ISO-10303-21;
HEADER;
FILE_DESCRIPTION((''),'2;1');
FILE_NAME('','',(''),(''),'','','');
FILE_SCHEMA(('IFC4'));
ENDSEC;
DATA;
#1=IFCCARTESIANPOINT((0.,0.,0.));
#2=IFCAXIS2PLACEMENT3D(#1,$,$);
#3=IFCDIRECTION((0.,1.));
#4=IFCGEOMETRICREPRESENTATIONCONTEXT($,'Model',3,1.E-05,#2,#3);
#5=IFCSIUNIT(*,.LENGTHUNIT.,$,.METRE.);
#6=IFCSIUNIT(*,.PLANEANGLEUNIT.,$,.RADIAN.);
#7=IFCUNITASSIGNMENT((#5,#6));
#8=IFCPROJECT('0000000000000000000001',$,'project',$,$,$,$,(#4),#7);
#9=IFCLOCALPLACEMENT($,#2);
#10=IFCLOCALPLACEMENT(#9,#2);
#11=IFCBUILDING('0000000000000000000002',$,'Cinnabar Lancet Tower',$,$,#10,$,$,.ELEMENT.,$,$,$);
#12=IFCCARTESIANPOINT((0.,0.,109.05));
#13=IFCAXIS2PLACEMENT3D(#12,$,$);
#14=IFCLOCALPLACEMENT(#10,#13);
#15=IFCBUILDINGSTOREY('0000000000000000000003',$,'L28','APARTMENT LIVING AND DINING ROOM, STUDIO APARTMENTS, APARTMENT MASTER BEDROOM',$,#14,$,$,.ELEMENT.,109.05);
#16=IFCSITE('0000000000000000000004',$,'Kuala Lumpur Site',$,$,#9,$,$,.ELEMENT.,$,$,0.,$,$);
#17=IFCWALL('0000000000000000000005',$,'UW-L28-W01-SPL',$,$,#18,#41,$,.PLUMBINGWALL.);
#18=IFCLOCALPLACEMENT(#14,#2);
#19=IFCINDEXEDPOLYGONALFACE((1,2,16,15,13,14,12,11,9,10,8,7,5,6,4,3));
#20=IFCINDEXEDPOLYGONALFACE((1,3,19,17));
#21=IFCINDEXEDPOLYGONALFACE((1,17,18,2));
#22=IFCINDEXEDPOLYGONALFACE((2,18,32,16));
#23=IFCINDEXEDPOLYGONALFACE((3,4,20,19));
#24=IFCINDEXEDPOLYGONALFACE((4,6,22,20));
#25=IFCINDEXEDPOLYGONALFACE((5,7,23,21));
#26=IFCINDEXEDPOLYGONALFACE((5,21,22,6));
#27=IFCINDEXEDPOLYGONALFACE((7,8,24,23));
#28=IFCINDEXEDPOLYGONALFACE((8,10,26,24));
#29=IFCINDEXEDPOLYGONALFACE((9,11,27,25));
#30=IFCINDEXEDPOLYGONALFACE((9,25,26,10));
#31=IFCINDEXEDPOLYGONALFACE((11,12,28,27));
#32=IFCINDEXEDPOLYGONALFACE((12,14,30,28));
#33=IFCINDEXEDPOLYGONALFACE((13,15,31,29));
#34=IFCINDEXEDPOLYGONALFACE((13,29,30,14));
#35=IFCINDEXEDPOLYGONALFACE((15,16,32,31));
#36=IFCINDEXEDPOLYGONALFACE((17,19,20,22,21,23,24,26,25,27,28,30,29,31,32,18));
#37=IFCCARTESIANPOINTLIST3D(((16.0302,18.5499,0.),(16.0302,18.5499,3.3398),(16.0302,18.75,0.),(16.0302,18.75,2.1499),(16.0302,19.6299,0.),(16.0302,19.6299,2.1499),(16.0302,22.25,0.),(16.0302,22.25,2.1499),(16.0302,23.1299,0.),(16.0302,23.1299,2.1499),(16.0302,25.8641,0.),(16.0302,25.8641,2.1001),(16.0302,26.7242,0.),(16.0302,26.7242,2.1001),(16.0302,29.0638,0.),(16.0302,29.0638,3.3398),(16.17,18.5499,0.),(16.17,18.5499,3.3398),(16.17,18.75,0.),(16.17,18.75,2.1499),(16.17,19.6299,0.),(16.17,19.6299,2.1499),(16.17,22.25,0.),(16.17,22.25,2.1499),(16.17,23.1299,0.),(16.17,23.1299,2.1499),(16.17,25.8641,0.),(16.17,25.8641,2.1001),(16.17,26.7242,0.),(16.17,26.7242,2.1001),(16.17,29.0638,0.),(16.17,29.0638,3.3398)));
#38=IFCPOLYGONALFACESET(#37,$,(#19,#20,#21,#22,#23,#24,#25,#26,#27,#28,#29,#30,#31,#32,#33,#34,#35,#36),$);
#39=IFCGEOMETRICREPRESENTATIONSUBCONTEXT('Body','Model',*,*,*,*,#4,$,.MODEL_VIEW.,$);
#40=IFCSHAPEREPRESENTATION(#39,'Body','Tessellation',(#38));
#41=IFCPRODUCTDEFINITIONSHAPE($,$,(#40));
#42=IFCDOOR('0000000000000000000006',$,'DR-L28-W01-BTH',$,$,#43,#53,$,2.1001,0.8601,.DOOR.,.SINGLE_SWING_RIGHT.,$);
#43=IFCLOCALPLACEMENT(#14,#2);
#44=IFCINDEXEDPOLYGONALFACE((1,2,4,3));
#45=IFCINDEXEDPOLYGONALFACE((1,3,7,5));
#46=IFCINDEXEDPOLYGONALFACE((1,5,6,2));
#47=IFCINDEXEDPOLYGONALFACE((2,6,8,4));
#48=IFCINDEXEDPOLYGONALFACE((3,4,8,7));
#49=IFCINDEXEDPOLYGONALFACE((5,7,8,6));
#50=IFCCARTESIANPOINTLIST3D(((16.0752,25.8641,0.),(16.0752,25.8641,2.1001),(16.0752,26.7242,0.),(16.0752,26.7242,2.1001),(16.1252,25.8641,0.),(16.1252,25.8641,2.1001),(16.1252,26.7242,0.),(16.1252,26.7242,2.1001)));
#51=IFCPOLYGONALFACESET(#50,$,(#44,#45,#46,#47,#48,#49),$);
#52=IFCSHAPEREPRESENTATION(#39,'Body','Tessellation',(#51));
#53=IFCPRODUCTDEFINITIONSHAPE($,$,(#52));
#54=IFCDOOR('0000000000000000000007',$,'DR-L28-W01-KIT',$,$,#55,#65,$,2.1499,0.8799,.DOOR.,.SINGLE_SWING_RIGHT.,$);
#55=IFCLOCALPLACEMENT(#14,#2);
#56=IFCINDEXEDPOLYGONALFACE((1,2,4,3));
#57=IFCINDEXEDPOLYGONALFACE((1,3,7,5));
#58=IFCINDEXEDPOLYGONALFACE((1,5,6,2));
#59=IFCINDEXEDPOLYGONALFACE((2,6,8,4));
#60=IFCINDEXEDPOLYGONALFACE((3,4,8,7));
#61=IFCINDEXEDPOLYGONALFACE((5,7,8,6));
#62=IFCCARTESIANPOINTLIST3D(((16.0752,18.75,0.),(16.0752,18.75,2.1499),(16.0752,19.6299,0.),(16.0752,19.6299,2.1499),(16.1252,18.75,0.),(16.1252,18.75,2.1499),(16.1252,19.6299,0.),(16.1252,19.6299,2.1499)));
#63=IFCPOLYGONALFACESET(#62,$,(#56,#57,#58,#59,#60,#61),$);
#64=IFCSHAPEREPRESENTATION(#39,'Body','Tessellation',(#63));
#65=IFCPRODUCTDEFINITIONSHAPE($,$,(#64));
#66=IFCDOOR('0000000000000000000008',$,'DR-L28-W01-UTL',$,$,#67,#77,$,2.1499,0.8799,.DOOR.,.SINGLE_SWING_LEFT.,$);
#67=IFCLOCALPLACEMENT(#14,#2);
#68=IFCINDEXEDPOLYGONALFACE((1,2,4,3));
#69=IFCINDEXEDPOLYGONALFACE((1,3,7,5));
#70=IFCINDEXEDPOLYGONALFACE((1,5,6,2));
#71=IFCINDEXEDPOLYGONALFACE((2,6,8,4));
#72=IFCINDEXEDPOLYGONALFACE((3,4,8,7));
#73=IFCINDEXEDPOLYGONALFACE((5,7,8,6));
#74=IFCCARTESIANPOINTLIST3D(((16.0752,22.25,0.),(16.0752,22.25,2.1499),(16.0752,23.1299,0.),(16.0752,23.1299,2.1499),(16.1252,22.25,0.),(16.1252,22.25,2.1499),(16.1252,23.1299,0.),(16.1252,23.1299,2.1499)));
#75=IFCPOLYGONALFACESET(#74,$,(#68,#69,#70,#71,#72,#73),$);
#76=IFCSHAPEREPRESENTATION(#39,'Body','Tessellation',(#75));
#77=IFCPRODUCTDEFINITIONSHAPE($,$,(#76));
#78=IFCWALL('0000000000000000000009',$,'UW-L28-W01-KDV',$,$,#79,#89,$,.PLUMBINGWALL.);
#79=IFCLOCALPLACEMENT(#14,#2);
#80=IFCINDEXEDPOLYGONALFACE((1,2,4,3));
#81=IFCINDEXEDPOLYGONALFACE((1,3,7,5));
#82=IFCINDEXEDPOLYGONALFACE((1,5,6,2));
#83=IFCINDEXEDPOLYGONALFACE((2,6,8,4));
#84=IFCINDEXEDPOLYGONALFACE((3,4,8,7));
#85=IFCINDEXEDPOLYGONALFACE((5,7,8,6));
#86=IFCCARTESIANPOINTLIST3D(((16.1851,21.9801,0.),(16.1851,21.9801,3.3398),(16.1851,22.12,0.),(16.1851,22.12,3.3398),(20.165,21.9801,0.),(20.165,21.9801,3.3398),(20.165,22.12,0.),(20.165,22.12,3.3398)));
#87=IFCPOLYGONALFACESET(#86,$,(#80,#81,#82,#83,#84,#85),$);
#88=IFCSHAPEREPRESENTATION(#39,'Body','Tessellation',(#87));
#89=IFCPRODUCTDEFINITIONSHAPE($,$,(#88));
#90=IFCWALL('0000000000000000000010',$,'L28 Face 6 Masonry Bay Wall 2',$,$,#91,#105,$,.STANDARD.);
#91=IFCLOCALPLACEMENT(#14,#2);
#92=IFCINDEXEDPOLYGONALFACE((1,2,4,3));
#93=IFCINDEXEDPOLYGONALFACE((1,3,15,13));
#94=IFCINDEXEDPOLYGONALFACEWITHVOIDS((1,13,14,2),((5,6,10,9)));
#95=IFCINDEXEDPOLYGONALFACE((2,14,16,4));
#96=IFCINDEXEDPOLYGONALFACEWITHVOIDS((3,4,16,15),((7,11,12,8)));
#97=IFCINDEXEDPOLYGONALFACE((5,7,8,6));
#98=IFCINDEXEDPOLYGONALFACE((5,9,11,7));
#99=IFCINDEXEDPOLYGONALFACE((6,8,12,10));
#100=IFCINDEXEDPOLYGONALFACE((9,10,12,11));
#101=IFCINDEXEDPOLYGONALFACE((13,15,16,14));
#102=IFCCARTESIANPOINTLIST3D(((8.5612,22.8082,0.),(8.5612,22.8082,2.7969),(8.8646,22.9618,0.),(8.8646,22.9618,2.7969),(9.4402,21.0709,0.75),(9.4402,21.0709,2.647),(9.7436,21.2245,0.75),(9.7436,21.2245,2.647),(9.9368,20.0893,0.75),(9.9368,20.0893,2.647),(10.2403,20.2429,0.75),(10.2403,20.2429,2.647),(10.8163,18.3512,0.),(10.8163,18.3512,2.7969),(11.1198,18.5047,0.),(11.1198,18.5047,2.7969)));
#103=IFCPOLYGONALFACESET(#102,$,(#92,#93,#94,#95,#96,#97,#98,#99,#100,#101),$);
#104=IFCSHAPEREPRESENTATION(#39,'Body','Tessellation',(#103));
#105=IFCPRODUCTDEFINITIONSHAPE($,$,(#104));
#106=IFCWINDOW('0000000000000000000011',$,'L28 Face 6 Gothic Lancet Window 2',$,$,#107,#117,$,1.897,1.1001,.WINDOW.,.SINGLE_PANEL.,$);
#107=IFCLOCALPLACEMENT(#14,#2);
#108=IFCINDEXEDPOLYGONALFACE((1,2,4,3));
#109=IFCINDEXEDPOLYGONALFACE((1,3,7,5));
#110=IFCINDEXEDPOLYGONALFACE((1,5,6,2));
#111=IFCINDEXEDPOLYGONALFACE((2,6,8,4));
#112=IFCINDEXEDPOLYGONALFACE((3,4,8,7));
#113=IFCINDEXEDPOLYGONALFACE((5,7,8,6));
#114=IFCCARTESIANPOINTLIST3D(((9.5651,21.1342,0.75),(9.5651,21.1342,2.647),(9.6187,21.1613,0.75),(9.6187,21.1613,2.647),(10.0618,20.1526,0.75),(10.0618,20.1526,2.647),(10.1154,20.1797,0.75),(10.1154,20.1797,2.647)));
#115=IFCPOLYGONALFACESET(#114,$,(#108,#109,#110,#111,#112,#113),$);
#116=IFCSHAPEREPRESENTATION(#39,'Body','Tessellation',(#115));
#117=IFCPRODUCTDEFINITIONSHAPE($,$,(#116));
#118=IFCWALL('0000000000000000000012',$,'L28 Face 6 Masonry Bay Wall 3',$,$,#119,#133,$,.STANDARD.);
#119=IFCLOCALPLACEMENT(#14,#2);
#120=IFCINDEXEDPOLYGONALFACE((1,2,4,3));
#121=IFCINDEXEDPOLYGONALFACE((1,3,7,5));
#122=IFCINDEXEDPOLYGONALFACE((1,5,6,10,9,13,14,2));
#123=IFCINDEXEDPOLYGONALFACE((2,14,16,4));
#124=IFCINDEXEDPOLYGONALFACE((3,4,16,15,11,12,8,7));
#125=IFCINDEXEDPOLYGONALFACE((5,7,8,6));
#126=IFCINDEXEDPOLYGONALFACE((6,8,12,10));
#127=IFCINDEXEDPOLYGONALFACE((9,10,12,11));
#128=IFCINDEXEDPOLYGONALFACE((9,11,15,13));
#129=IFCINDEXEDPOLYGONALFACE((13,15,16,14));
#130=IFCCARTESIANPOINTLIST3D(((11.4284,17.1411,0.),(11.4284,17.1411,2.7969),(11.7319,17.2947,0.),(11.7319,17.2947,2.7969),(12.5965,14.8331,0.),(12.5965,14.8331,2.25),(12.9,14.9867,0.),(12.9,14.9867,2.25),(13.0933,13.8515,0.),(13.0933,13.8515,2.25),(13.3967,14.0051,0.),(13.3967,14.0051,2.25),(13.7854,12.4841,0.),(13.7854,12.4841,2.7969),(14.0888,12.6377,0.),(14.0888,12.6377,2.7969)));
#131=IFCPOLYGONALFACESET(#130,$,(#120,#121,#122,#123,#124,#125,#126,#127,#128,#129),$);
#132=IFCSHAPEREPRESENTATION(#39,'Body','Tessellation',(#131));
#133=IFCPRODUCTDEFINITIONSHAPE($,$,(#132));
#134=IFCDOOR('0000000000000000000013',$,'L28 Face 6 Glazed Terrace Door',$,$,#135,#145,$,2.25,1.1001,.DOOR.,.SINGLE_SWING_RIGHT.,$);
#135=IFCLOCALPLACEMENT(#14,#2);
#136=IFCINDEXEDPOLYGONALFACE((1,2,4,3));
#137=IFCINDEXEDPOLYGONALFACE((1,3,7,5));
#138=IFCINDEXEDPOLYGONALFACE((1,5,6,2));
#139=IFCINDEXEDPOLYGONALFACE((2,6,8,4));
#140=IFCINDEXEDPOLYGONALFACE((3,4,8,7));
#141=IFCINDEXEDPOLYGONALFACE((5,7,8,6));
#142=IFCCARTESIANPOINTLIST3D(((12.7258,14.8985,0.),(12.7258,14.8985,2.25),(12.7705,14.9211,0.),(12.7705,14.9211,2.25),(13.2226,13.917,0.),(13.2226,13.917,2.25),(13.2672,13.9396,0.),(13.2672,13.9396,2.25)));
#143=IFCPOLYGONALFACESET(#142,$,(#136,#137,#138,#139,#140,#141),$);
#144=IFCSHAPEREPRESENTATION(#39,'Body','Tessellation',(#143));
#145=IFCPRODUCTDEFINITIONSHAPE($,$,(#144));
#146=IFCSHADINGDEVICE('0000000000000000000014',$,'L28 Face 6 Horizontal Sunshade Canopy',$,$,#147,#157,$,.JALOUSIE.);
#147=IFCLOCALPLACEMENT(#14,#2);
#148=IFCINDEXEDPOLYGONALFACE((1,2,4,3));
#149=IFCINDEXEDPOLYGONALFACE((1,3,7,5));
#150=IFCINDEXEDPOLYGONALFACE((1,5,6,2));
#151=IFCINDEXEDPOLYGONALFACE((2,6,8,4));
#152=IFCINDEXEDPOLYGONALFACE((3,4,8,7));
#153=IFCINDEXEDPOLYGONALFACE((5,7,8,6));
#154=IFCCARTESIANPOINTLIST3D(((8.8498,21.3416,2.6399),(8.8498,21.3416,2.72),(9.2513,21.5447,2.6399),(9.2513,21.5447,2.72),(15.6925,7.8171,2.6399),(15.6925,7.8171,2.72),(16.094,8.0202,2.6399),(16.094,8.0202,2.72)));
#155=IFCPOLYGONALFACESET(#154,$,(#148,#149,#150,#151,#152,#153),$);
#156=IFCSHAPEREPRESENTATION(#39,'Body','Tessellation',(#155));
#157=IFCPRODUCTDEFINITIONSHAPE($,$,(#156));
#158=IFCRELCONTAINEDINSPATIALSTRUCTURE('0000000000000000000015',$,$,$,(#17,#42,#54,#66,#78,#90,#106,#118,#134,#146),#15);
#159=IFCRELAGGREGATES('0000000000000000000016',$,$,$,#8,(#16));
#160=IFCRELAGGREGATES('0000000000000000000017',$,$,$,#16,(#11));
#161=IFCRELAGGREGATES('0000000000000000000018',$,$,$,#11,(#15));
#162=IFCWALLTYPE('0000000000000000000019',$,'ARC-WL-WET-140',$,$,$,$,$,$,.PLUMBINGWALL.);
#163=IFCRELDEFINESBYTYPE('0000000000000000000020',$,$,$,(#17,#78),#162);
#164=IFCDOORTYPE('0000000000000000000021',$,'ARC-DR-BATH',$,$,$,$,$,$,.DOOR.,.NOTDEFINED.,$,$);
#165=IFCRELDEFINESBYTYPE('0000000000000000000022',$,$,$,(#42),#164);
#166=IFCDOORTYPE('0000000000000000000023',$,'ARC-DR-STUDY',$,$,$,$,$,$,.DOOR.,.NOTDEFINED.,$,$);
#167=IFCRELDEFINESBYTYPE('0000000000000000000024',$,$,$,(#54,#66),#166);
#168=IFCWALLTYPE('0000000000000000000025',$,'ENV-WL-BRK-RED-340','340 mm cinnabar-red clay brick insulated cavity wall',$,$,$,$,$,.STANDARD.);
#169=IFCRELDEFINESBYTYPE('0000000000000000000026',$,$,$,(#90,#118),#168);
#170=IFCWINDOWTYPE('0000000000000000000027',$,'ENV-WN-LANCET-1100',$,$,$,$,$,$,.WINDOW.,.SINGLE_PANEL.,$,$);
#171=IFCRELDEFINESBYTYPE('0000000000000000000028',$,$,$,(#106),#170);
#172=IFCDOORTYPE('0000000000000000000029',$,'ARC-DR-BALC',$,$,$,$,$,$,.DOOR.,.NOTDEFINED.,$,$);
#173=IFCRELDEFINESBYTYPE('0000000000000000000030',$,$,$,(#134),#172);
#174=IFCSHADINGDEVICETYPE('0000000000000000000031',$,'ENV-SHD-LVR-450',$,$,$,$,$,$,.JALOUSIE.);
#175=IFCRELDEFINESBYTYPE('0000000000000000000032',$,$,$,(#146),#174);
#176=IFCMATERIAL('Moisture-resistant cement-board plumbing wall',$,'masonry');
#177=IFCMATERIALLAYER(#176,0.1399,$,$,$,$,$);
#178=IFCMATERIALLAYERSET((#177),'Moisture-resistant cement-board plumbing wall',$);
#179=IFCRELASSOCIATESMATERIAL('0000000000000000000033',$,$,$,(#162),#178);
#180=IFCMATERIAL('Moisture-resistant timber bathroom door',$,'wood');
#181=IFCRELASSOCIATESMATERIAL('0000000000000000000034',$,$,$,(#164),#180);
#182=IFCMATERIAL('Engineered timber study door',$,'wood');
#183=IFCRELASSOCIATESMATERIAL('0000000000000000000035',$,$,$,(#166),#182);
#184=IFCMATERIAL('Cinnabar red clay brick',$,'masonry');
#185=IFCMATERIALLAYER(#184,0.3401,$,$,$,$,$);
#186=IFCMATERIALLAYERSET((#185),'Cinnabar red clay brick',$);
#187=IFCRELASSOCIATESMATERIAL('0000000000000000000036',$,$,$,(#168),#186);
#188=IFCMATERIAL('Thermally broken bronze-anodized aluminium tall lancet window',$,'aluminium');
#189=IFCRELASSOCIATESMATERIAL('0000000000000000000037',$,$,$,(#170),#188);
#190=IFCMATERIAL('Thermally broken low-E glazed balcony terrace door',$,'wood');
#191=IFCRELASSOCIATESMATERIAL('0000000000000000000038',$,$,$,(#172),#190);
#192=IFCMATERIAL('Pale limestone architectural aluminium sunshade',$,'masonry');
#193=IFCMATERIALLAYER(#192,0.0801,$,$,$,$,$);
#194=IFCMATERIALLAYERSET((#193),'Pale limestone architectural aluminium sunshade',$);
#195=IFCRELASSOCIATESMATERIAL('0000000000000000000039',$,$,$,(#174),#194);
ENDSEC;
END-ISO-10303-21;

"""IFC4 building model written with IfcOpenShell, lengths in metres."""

from ifc_helpers import new_model, si_unit, direction, frame, frame_2d, origin, origin_2d, place, context, subcontext, project, spatial, rectangle, extrude, material, layer, layer_set, type_object, element, fill, save


model = new_model("IFC4")

# Units and contexts
model_context = context("Model", 3, precision=1e-05, world=origin(), true_north=direction((0.0, 1.0)))
body_context = subcontext(model_context, "Body", "Model", "MODEL_VIEW")
ifc_project = project(units=[si_unit("LENGTHUNIT", "METRE"), si_unit("PLANEANGLEUNIT", "RADIAN")], contexts=[model_context])

# Site, building, storey
site_placement = place(None, origin())
site = spatial("IfcSite", under=ifc_project, at=site_placement, Name="Kuala Lumpur Site", CompositionType="ELEMENT", RefElevation=0.0)
building_placement = place(site_placement, origin())
building = spatial("IfcBuilding", under=site, at=building_placement, Name="Cinnabar Lancet Tower", CompositionType="ELEMENT")
storey_placement = place(building_placement, frame((0.0, 0.0, 109.05)))
storey = spatial("IfcBuildingStorey", under=building, at=storey_placement, Name="L28", Description="APARTMENT LIVING AND DINING ROOM, STUDIO APARTMENTS, APARTMENT MASTER BEDROOM", CompositionType="ELEMENT", Elevation=109.05)

# Wall, openings, doors
ifc_material_1 = material(Name="Moisture-resistant cement-board plumbing wall", Category="masonry")
ifc_layer_1 = layer(ifc_material_1, 0.1399)
ifc_layer_set_1 = layer_set([ifc_layer_1], Name="Moisture-resistant cement-board plumbing wall")
wall_type_1 = type_object("IfcWallType", Name="ARC-WL-WET-140", PredefinedType="PLUMBINGWALL", material=ifc_layer_set_1)
wall_1_placement = place(storey_placement, frame((16.1001, 18.55, 0.0), z_axis=(0.0, 0.0, 1.0), x_axis=(0.0, 1.0, 0.0)))
wall_1 = element("IfcWall", 1, at=wall_1_placement, inside=storey, type_object=wall_type_1, Name="UW-L28-W01-SPL", PredefinedType="PLUMBINGWALL", context=body_context, shape_type="SweptSolid", body=[
    extrude(rectangle(XDim=10.5139, YDim=0.1399, at=frame_2d((5.2568, 0.0))), origin(), (0.0, 0.0, 1.0), 3.3398),
])
opening_1_placement = place(wall_1_placement, frame((0.2, 0.0, 0.0)))
opening_1 = element("IfcOpeningElement", 2, at=opening_1_placement, cuts=wall_1, PredefinedType="OPENING", context=body_context, shape_type="SweptSolid", body=[
    extrude(rectangle(XDim=0.8799, YDim=2.1499, at=frame_2d((0.4399, 1.075))), frame((0.0, 0.0798, 0.0), z_axis=(0.0, -1.0, 0.0), x_axis=(1.0, 0.0, 0.0)), (0.0, 0.0, 1.0), 0.1599),
])
opening_2_placement = place(wall_1_placement, frame((3.7, 0.0, 0.0)))
opening_2 = element("IfcOpeningElement", 3, at=opening_2_placement, cuts=wall_1, PredefinedType="OPENING", context=body_context, shape_type="SweptSolid", body=[
    extrude(rectangle(XDim=0.8799, YDim=2.1499, at=frame_2d((0.4399, 1.075))), frame((0.0, 0.0798, 0.0), z_axis=(0.0, -1.0, 0.0), x_axis=(1.0, 0.0, 0.0)), (0.0, 0.0, 1.0), 0.1599),
])
opening_3_placement = place(wall_1_placement, frame((7.314, 0.0, 0.0)))
opening_3 = element("IfcOpeningElement", 4, at=opening_3_placement, cuts=wall_1, PredefinedType="OPENING", context=body_context, shape_type="SweptSolid", body=[
    extrude(rectangle(XDim=0.8601, YDim=2.1001, at=frame_2d((0.4302, 1.05))), frame((0.0, 0.0798, 0.0), z_axis=(0.0, -1.0, 0.0), x_axis=(1.0, 0.0, 0.0)), (0.0, 0.0, 1.0), 0.1599),
])
ifc_material_2 = material(Name="Moisture-resistant timber bathroom door", Category="wood")
door_type_1 = type_object("IfcDoorType", Name="ARC-DR-BATH", OperationType="NOTDEFINED", PredefinedType="DOOR", material=ifc_material_2)
door_1_placement = place(opening_3_placement, origin())
door_1 = element("IfcDoor", 5, at=door_1_placement, inside=storey, type_object=door_type_1, Name="DR-L28-W01-BTH", OperationType="SINGLE_SWING_RIGHT", OverallHeight=2.1001, OverallWidth=0.8601, PredefinedType="DOOR", context=body_context, shape_type="SweptSolid", body=[
    extrude(rectangle(XDim=0.8601, YDim=2.1001, at=frame_2d((0.4302, 1.05))), frame((0.0, 0.0249, 0.0), z_axis=(0.0, -1.0, 0.0), x_axis=(1.0, 0.0, 0.0)), (0.0, 0.0, 1.0), 0.05),
])
fill(opening_3, door_1)
ifc_material_3 = material(Name="Engineered timber study door", Category="wood")
door_type_2 = type_object("IfcDoorType", Name="ARC-DR-STUDY", OperationType="NOTDEFINED", PredefinedType="DOOR", material=ifc_material_3)
door_2_placement = place(opening_1_placement, origin())
door_2 = element("IfcDoor", 6, at=door_2_placement, inside=storey, type_object=door_type_2, Name="DR-L28-W01-KIT", OperationType="SINGLE_SWING_RIGHT", OverallHeight=2.1499, OverallWidth=0.8799, PredefinedType="DOOR", context=body_context, shape_type="SweptSolid", body=[
    extrude(rectangle(XDim=0.8799, YDim=2.1499, at=frame_2d((0.4399, 1.075))), frame((0.0, 0.0249, 0.0), z_axis=(0.0, -1.0, 0.0), x_axis=(1.0, 0.0, 0.0)), (0.0, 0.0, 1.0), 0.05),
])
fill(opening_1, door_2)
door_3_placement = place(opening_2_placement, origin())
door_3 = element("IfcDoor", 7, at=door_3_placement, inside=storey, type_object=door_type_2, Name="DR-L28-W01-UTL", OperationType="SINGLE_SWING_LEFT", OverallHeight=2.1499, OverallWidth=0.8799, PredefinedType="DOOR", context=body_context, shape_type="SweptSolid", body=[
    extrude(rectangle(XDim=0.8799, YDim=2.1499, at=frame_2d((0.4399, 1.075))), frame((0.0, 0.0249, 0.0), z_axis=(0.0, -1.0, 0.0), x_axis=(1.0, 0.0, 0.0)), (0.0, 0.0, 1.0), 0.05),
])
fill(opening_2, door_3)

# Wall
wall_2_placement = place(storey_placement, frame((16.1851, 22.05, 0.0), z_axis=(0.0, 0.0, 1.0), x_axis=(1.0, 0.0, 0.0)))
element("IfcWall", 8, at=wall_2_placement, inside=storey, type_object=wall_type_1, Name="UW-L28-W01-KDV", PredefinedType="PLUMBINGWALL", context=body_context, shape_type="SweptSolid", body=[
    extrude(rectangle(XDim=3.98, YDim=0.1399, at=frame_2d((1.99, 0.0))), origin(), (0.0, 0.0, 1.0), 3.3398),
])

# Wall, opening, window
ifc_material_4 = material(Name="Cinnabar red clay brick", Category="masonry")
ifc_layer_2 = layer(ifc_material_4, 0.3401)
ifc_layer_set_2 = layer_set([ifc_layer_2], Name="Cinnabar red clay brick")
wall_type_2 = type_object("IfcWallType", Name="ENV-WL-BRK-RED-340", Description="340 mm cinnabar-red clay brick insulated cavity wall", PredefinedType="STANDARD", material=ifc_layer_set_2)
wall_3_placement = place(storey_placement, frame((8.7129, 22.885, 0.0), z_axis=(0.0, 0.0, 1.0), x_axis=(0.451471, -0.892286, 0.0)))
wall_3 = element("IfcWall", 9, at=wall_3_placement, inside=storey, type_object=wall_type_2, Name="L28 Face 6 Masonry Bay Wall 2", PredefinedType="STANDARD", context=body_context, shape_type="SweptSolid", body=[
    extrude(rectangle(XDim=4.9951, YDim=0.3401, at=frame_2d((2.4976, 0.0))), origin(), (0.0, 0.0, 1.0), 2.7969),
])
opening_4_placement = place(wall_3_placement, frame((1.947, 0.0, 0.75)))
opening_4 = element("IfcOpeningElement", 10, at=opening_4_placement, cuts=wall_3, PredefinedType="OPENING", context=body_context, shape_type="SweptSolid", body=[
    extrude(rectangle(XDim=1.1001, YDim=1.897, at=frame_2d((0.55, 0.9485))), frame((0.0, 0.1799, 0.0), z_axis=(0.0, -1.0, 0.0), x_axis=(1.0, 0.0, 0.0)), (0.0, 0.0, 1.0), 0.3601),
])
ifc_material_5 = material(Name="Thermally broken bronze-anodized aluminium tall lancet window", Category="aluminium")
window_type = type_object("IfcWindowType", Name="ENV-WN-LANCET-1100", PartitioningType="SINGLE_PANEL", PredefinedType="WINDOW", material=ifc_material_5)
window_placement = place(opening_4_placement, origin())
window = element("IfcWindow", 11, at=window_placement, inside=storey, type_object=window_type, Name="L28 Face 6 Gothic Lancet Window 2", OverallHeight=1.897, OverallWidth=1.1001, PartitioningType="SINGLE_PANEL", PredefinedType="WINDOW", context=body_context, shape_type="SweptSolid", body=[
    extrude(rectangle(XDim=1.1001, YDim=1.897, at=frame_2d((0.55, 0.9485))), frame((0.0, 0.03, 0.0), z_axis=(0.0, -1.0, 0.0), x_axis=(1.0, 0.0, 0.0)), (0.0, 0.0, 1.0), 0.0601),
])
fill(opening_4, window)

# Wall, opening, door
wall_4_placement = place(storey_placement, frame((11.5801, 17.218, 0.0), z_axis=(0.0, 0.0, 1.0), x_axis=(0.451568, -0.892237, 0.0)))
wall_4 = element("IfcWall", 12, at=wall_4_placement, inside=storey, type_object=wall_type_2, Name="L28 Face 6 Masonry Bay Wall 3", PredefinedType="STANDARD", context=body_context, shape_type="SweptSolid", body=[
    extrude(rectangle(XDim=5.2195, YDim=0.3401, at=frame_2d((2.6099, 0.0))), origin(), (0.0, 0.0, 1.0), 2.7969),
])
opening_5_placement = place(wall_4_placement, frame((2.5869, 0.0, 0.0)))
opening_5 = element("IfcOpeningElement", 13, at=opening_5_placement, cuts=wall_4, PredefinedType="OPENING", context=body_context, shape_type="SweptSolid", body=[
    extrude(rectangle(XDim=1.1001, YDim=2.25, at=frame_2d((0.55, 1.125))), frame((0.0, 0.1799, 0.0), z_axis=(0.0, -1.0, 0.0), x_axis=(1.0, 0.0, 0.0)), (0.0, 0.0, 1.0), 0.3601),
])
ifc_material_6 = material(Name="Thermally broken low-E glazed balcony terrace door", Category="wood")
door_type_3 = type_object("IfcDoorType", Name="ARC-DR-BALC", OperationType="NOTDEFINED", PredefinedType="DOOR", material=ifc_material_6)
door_4_placement = place(opening_5_placement, origin())
door_4 = element("IfcDoor", 14, at=door_4_placement, inside=storey, type_object=door_type_3, Name="L28 Face 6 Glazed Terrace Door", OperationType="SINGLE_SWING_RIGHT", OverallHeight=2.25, OverallWidth=1.1001, PredefinedType="DOOR", context=body_context, shape_type="SweptSolid", body=[
    extrude(rectangle(XDim=1.1001, YDim=2.25, at=frame_2d((0.55, 1.125))), frame((0.0, 0.0249, 0.0), z_axis=(0.0, -1.0, 0.0), x_axis=(1.0, 0.0, 0.0)), (0.0, 0.0, 1.0), 0.05),
])
fill(opening_5, door_4)

# Shading device
ifc_material_7 = material(Name="Pale limestone architectural aluminium sunshade", Category="masonry")
ifc_layer_3 = layer(ifc_material_7, 0.0801)
ifc_layer_set_3 = layer_set([ifc_layer_3], Name="Pale limestone architectural aluminium sunshade")
shading_device_type = type_object("IfcShadingDeviceType", Name="ENV-SHD-LVR-450", PredefinedType="JALOUSIE", material=ifc_layer_set_3)
shading_device_placement = place(storey_placement, frame((12.4719, 14.6809, 2.6399), z_axis=(0.0, 0.0, 1.0), x_axis=(0.451454, -0.892294, 0.0)))
element("IfcShadingDevice", 15, at=shading_device_placement, inside=storey, type_object=shading_device_type, Name="L28 Face 6 Horizontal Sunshade Canopy", PredefinedType="JALOUSIE", context=body_context, shape_type="SweptSolid", body=[
    extrude(rectangle(XDim=15.157, YDim=0.45, at=origin_2d()), origin(), (0.0, 0.0, 1.0), 0.0801),
])

save(model, "model.ifc")
